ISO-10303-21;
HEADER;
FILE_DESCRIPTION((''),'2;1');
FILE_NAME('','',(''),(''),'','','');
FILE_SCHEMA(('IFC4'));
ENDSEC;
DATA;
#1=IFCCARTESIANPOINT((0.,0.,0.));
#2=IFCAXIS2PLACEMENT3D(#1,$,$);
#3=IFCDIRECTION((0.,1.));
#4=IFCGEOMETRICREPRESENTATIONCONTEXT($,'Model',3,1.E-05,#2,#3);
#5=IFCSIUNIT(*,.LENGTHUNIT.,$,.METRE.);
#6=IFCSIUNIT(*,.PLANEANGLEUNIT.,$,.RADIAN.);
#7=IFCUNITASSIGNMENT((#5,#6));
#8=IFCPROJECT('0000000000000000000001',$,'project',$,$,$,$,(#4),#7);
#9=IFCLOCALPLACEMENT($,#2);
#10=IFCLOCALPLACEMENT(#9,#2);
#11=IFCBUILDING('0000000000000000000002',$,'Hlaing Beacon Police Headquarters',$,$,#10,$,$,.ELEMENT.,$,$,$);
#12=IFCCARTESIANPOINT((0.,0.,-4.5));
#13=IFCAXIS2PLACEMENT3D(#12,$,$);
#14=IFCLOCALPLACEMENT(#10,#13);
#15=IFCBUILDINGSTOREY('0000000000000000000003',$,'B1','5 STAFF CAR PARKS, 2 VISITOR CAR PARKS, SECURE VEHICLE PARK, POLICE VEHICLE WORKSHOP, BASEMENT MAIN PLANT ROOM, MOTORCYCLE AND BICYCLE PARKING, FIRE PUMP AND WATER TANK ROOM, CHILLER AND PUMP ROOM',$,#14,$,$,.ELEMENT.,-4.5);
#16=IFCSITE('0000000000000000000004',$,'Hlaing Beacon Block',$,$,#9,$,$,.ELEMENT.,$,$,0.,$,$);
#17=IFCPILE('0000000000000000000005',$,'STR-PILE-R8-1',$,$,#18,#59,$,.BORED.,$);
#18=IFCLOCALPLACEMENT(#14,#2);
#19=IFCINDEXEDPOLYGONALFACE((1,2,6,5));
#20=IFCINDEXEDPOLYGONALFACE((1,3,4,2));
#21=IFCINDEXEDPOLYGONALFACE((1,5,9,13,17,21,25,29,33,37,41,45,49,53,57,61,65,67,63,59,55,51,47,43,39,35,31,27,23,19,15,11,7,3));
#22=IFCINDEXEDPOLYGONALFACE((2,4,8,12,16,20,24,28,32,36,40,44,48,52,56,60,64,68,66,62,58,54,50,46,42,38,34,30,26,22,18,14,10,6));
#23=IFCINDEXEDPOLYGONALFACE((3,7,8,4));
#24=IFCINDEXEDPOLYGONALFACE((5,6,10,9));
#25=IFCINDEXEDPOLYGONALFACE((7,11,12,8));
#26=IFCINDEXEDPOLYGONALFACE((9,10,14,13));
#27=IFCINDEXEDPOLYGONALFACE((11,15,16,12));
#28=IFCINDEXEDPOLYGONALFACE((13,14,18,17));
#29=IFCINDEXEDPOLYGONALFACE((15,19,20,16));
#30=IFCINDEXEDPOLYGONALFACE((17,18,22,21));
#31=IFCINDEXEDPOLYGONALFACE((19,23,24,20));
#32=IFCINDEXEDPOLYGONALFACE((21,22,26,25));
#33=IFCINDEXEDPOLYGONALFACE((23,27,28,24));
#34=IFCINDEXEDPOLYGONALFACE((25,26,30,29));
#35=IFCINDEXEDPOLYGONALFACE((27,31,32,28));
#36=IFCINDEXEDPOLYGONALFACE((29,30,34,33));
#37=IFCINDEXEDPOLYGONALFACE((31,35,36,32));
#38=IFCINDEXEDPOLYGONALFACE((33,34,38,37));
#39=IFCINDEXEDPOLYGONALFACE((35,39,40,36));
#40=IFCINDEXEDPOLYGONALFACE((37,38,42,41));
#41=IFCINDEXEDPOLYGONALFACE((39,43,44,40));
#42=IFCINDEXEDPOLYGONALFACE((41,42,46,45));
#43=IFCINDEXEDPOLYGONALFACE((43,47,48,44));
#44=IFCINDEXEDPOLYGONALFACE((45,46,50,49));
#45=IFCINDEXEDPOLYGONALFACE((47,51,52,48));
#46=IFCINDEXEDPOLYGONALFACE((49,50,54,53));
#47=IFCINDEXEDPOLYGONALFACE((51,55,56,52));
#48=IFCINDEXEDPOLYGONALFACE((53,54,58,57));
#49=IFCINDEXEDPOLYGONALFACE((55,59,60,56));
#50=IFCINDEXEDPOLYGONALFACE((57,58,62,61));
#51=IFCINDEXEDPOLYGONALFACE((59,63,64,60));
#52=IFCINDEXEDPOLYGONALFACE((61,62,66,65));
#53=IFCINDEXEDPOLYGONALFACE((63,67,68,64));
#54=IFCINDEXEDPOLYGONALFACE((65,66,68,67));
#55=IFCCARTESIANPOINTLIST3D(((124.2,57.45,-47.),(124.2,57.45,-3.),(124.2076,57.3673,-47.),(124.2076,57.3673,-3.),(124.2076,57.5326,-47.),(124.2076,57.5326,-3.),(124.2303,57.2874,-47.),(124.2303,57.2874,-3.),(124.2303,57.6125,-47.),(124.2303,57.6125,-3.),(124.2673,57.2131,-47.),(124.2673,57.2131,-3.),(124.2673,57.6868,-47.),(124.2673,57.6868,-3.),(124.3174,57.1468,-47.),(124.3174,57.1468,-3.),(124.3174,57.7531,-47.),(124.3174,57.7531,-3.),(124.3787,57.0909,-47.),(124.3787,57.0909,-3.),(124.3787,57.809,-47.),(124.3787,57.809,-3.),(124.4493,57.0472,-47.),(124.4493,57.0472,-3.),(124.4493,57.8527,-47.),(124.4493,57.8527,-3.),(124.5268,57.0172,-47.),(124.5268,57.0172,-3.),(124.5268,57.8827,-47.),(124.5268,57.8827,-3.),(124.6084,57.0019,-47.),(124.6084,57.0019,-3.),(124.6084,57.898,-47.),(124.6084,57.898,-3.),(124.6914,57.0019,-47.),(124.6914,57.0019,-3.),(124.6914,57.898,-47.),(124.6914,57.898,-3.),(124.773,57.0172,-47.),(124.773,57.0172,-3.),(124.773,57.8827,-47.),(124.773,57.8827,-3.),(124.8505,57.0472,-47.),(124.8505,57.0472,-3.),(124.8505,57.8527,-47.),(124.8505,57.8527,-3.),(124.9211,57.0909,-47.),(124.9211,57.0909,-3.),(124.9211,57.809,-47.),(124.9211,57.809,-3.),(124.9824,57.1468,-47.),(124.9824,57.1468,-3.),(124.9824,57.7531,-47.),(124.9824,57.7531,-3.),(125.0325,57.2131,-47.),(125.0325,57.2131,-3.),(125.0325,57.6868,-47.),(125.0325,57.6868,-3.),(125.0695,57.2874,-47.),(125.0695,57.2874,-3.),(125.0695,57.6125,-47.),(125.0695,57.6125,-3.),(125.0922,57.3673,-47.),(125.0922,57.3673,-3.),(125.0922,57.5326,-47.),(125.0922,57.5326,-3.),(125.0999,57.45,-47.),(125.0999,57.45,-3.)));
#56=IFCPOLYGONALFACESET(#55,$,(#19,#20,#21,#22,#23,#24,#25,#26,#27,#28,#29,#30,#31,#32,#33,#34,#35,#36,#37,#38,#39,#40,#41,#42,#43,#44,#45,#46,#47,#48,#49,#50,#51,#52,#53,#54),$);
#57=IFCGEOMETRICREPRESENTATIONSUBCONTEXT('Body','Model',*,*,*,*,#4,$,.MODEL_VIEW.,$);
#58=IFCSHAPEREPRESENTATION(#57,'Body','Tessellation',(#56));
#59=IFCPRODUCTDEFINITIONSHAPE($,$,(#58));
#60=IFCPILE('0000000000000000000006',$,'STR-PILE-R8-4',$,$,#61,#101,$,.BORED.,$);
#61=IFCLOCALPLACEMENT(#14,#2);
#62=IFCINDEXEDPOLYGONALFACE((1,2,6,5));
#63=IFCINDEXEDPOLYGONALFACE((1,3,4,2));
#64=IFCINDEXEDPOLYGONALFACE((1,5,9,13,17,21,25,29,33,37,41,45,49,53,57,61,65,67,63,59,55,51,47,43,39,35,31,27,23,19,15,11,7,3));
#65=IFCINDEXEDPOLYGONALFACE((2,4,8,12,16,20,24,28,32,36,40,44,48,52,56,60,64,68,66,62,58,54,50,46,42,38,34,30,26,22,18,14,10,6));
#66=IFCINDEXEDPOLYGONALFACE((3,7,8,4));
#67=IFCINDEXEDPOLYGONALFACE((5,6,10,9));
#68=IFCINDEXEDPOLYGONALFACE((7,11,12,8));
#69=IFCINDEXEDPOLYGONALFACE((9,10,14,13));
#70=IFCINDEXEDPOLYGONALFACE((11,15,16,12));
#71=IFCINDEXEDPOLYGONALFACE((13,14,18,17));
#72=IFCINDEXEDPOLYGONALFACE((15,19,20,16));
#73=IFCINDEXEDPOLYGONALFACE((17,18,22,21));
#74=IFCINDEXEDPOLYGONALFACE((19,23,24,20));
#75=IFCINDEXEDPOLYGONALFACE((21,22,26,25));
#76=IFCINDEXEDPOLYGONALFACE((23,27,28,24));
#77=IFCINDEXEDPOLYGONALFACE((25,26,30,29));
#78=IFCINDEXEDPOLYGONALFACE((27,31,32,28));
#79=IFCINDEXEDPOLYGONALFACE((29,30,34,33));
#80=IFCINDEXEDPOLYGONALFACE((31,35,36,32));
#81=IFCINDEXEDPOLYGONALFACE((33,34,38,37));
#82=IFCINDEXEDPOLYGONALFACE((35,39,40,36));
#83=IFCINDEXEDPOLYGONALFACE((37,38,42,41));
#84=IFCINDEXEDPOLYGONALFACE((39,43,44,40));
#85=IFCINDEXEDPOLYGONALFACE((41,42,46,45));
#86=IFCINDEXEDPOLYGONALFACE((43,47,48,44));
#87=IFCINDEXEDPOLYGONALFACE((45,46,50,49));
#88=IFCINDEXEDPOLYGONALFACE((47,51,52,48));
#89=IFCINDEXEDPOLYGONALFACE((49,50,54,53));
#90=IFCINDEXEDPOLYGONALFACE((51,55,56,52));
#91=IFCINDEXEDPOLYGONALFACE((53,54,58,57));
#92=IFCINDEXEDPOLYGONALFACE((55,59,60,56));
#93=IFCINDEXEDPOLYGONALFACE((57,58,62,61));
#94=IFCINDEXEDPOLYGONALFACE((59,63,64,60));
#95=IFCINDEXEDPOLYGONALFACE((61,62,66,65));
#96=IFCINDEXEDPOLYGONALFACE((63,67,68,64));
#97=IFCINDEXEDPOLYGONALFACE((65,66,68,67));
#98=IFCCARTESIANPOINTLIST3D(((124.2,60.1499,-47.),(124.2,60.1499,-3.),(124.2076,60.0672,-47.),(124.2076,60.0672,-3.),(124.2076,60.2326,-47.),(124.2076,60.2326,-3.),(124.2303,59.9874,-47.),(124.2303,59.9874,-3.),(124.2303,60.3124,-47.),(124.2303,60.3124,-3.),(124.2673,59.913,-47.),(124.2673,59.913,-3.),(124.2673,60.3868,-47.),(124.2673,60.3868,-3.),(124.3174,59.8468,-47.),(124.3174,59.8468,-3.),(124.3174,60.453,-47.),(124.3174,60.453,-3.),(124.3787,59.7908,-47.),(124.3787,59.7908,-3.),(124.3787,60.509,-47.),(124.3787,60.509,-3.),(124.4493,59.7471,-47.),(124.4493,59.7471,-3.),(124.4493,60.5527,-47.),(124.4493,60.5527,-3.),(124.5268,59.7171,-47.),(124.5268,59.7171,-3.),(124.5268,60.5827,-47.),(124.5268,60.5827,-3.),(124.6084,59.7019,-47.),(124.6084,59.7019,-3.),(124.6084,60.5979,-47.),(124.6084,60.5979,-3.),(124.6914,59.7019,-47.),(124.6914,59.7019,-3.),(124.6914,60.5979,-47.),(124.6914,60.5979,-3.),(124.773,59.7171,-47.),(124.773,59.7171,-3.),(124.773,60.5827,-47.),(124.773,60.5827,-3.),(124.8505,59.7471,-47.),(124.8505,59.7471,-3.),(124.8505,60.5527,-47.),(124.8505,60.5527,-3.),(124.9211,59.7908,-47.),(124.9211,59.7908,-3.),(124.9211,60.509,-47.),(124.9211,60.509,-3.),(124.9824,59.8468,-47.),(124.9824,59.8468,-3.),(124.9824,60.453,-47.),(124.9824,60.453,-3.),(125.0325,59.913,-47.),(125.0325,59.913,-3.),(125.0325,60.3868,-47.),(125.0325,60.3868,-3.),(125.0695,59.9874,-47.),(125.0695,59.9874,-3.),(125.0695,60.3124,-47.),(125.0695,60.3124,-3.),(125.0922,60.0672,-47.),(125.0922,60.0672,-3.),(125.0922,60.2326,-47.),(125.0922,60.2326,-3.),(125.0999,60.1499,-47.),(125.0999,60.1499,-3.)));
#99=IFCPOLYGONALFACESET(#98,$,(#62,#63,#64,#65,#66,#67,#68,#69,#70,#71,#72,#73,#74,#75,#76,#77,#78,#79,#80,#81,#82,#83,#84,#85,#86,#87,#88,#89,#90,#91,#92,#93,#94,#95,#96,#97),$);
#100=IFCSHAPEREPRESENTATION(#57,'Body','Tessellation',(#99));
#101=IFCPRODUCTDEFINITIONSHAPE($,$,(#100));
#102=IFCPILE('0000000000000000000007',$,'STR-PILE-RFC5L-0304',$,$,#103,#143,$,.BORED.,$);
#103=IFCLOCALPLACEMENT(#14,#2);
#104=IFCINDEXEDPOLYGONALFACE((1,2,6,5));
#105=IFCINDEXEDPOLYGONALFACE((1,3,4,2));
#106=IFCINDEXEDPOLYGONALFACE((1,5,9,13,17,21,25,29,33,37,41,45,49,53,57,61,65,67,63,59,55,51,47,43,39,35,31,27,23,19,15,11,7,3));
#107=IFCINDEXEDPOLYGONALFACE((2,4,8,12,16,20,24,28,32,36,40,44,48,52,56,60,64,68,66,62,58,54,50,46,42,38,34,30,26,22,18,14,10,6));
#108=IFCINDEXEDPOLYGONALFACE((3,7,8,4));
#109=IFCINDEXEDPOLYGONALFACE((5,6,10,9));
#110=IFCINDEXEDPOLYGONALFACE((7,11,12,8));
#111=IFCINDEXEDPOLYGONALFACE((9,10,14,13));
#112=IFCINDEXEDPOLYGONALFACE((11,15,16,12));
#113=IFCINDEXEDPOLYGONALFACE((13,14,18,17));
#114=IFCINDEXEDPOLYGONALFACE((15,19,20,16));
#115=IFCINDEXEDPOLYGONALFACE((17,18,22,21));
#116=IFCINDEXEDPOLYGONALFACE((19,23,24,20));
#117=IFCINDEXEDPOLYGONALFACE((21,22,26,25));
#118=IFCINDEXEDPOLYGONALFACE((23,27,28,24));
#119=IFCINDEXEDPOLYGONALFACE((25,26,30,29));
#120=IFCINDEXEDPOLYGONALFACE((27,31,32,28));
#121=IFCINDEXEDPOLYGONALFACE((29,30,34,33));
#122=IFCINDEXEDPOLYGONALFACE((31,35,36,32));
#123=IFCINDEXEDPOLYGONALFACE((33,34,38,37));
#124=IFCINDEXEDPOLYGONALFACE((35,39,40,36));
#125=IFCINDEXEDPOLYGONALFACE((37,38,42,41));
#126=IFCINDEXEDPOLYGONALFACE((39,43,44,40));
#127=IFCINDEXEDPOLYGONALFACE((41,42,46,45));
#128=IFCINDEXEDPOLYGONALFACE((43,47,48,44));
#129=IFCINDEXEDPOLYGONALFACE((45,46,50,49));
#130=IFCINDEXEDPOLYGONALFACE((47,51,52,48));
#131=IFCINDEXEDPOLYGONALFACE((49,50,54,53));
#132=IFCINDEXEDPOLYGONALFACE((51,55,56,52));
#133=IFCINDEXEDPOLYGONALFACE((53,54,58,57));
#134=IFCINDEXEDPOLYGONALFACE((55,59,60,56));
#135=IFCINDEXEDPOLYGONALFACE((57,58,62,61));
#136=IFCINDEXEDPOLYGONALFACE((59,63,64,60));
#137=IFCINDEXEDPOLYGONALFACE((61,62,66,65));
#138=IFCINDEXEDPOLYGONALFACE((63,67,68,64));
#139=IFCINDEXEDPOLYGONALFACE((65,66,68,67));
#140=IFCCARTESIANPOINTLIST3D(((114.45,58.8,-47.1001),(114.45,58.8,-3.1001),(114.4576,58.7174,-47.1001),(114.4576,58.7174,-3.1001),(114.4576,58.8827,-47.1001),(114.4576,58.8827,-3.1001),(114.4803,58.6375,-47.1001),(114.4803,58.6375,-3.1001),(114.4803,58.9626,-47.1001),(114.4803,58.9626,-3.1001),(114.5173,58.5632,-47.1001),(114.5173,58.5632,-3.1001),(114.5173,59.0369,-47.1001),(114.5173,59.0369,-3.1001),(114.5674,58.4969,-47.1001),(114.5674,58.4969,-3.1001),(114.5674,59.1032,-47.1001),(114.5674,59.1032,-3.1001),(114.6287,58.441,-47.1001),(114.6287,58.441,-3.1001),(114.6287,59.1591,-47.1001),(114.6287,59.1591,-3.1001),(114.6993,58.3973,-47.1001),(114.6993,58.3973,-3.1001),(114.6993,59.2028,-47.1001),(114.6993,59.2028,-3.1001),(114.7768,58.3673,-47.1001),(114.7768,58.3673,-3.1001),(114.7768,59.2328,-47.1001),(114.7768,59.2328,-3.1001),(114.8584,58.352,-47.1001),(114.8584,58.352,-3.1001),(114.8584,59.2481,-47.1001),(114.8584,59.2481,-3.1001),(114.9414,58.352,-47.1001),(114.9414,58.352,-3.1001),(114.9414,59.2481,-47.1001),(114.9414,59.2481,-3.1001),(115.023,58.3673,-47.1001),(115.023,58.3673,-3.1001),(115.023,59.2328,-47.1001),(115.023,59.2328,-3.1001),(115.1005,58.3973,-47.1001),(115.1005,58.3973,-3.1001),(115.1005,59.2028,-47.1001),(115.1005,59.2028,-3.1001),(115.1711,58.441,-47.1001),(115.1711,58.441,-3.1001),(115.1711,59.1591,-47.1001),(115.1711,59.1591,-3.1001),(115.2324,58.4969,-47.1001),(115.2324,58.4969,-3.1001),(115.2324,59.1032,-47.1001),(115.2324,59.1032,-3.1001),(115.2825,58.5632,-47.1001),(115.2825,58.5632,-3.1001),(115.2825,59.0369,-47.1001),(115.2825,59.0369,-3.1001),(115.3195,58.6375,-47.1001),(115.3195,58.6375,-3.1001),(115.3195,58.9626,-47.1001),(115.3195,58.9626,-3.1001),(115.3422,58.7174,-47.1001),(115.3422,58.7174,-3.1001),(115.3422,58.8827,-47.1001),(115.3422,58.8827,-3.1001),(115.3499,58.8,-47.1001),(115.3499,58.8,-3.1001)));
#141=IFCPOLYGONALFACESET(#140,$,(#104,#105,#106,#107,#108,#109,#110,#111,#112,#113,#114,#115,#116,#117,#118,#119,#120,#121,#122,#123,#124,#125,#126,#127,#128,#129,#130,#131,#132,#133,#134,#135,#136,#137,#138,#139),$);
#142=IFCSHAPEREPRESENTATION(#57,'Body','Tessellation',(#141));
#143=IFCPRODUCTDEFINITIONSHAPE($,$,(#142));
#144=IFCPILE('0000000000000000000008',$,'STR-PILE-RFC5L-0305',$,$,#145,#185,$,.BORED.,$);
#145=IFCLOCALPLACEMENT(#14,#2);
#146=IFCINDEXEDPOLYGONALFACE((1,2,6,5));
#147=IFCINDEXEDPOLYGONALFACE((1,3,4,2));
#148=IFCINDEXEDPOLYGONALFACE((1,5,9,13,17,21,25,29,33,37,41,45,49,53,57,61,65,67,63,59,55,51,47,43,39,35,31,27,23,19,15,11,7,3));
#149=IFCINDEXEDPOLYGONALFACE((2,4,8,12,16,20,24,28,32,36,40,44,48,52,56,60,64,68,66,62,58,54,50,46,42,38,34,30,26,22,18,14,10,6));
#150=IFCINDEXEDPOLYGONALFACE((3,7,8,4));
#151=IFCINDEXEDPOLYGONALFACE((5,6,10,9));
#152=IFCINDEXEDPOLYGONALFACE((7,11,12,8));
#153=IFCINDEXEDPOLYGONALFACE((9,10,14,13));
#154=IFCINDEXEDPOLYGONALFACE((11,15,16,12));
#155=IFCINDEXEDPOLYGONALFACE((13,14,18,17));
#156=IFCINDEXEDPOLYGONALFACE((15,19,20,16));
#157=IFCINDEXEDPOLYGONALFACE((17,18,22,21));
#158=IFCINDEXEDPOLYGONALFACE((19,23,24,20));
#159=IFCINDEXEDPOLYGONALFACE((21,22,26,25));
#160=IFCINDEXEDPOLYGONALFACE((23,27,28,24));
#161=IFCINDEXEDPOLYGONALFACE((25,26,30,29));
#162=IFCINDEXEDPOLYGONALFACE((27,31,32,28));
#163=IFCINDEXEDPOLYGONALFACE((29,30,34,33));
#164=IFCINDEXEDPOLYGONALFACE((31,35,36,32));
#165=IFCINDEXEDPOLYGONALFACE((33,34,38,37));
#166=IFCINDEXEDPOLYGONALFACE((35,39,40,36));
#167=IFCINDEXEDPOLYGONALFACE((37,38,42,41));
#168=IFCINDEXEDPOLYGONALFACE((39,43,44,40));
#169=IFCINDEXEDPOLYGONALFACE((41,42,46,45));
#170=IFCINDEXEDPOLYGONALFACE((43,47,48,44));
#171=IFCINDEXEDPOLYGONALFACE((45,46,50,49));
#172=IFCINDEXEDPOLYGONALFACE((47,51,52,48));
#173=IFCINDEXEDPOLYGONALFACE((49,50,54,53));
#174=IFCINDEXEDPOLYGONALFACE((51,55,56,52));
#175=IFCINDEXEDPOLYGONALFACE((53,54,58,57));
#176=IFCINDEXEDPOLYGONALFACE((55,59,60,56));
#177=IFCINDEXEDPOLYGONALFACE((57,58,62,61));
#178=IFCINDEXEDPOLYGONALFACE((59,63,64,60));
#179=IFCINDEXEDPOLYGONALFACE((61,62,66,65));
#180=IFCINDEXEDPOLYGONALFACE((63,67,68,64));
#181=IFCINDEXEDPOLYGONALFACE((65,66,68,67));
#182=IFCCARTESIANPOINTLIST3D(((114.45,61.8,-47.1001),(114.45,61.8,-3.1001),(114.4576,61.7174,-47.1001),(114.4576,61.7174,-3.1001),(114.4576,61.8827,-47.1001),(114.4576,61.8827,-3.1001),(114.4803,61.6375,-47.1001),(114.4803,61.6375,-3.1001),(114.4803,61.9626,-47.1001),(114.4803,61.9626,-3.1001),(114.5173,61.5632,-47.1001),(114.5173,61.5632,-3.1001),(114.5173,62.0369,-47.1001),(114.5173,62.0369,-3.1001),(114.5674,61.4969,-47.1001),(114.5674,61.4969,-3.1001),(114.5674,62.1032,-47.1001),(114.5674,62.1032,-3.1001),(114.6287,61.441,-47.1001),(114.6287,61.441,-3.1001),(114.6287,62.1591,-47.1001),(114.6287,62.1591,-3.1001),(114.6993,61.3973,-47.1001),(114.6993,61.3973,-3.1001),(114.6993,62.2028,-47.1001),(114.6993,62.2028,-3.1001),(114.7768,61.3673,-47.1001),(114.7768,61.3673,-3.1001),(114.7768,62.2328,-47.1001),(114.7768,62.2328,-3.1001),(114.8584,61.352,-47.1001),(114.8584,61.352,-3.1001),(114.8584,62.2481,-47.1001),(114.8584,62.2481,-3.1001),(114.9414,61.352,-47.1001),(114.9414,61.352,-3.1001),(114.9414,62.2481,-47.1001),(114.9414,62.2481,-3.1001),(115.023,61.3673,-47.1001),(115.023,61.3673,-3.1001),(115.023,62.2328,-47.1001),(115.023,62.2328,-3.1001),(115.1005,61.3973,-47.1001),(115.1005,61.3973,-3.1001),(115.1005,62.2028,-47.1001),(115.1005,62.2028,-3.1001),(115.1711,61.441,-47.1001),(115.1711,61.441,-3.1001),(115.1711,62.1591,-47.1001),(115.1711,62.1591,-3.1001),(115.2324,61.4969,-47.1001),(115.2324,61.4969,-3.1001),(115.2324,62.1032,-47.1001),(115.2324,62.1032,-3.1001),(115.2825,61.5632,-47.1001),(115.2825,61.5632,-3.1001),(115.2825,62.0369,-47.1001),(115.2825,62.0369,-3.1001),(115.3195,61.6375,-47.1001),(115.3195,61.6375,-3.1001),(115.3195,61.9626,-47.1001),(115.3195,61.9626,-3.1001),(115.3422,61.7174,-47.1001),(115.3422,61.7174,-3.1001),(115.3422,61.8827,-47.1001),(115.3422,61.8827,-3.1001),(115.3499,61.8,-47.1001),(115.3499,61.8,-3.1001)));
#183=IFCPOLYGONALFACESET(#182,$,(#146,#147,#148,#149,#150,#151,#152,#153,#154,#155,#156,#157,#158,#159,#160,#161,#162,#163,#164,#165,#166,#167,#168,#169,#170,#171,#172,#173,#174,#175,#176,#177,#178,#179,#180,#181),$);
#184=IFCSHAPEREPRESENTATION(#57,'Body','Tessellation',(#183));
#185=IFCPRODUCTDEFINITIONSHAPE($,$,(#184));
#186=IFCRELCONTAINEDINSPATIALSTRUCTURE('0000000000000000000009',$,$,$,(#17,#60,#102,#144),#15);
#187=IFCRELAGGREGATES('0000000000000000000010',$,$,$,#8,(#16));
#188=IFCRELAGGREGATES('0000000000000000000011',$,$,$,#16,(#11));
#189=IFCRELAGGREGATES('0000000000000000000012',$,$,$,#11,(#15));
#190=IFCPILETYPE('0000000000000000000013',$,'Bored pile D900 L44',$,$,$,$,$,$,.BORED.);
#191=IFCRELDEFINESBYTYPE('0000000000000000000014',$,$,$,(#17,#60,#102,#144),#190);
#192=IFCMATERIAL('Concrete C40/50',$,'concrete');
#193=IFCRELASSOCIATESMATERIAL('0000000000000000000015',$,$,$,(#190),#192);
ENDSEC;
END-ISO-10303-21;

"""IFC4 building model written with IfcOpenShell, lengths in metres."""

from ifc_helpers import new_model, si_unit, direction, frame, origin, origin_2d, place, context, subcontext, project, spatial, circle, extrude, material, material_profile, profile_set, type_object, element, save


model = new_model("IFC4")

# Units and contexts
model_context = context("Model", 3, precision=1e-05, world=origin(), true_north=direction((0.0, 1.0)))
body_context = subcontext(model_context, "Body", "Model", "MODEL_VIEW")
ifc_project = project(units=[si_unit("LENGTHUNIT", "METRE"), si_unit("PLANEANGLEUNIT", "RADIAN")], contexts=[model_context])

# Site, building, storey
site_placement = place(None, origin())
site = spatial("IfcSite", under=ifc_project, at=site_placement, Name="Hlaing Beacon Block", CompositionType="ELEMENT", RefElevation=0.0)
building_placement = place(site_placement, origin())
building = spatial("IfcBuilding", under=site, at=building_placement, Name="Hlaing Beacon Police Headquarters", CompositionType="ELEMENT")
storey_placement = place(building_placement, frame((0.0, 0.0, -4.5)))
storey = spatial("IfcBuildingStorey", under=building, at=storey_placement, Name="B1", Description="5 STAFF CAR PARKS, 2 VISITOR CAR PARKS, SECURE VEHICLE PARK, POLICE VEHICLE WORKSHOP, BASEMENT MAIN PLANT ROOM, MOTORCYCLE AND BICYCLE PARKING, FIRE PUMP AND WATER TANK ROOM, CHILLER AND PUMP ROOM", CompositionType="ELEMENT", Elevation=-4.5)

# Piles
ifc_material_1 = material(Name="Concrete C40/50", Category="concrete")
ifc_material_profile = material_profile(ifc_material_1, circle(Radius=0.45, at=origin_2d()), Name="D900")
ifc_profile_set = profile_set([ifc_material_profile], Name="Concrete C40/50")
pile_type = type_object("IfcPileType", Name="Bored pile D900 L44", PredefinedType="BORED", material=ifc_profile_set)
for number, where, z_axis, x_axis, name in (
    (1, (124.6499, 57.45, -3.0), (0.0, 0.0, -1.0), (1.0, 0.0, 0.0), "STR-PILE-R8-1"),
    (2, (124.6499, 60.1499, -3.0), (0.0, 0.0, -1.0), (1.0, 0.0, 0.0), "STR-PILE-R8-4"),
    (3, (114.8999, 58.8, -3.1001), (0.0, 0.0, -1.0), (1.0, 0.0, 0.0), "STR-PILE-RFC5L-0304"),
    (4, (114.8999, 61.8, -3.1001), (0.0, 0.0, -1.0), (1.0, 0.0, 0.0), "STR-PILE-RFC5L-0305"),
):
    element("IfcPile", number, at=place(storey_placement, frame(where, z_axis=z_axis, x_axis=x_axis)), inside=storey, type_object=pile_type, Name=name, PredefinedType="BORED", context=body_context, shape_type="SweptSolid", body=[
        extrude(circle(Radius=0.45, at=origin_2d()), origin(), (0.0, 0.0, 1.0), 44.0),
    ])

save(model, "model.ifc")
